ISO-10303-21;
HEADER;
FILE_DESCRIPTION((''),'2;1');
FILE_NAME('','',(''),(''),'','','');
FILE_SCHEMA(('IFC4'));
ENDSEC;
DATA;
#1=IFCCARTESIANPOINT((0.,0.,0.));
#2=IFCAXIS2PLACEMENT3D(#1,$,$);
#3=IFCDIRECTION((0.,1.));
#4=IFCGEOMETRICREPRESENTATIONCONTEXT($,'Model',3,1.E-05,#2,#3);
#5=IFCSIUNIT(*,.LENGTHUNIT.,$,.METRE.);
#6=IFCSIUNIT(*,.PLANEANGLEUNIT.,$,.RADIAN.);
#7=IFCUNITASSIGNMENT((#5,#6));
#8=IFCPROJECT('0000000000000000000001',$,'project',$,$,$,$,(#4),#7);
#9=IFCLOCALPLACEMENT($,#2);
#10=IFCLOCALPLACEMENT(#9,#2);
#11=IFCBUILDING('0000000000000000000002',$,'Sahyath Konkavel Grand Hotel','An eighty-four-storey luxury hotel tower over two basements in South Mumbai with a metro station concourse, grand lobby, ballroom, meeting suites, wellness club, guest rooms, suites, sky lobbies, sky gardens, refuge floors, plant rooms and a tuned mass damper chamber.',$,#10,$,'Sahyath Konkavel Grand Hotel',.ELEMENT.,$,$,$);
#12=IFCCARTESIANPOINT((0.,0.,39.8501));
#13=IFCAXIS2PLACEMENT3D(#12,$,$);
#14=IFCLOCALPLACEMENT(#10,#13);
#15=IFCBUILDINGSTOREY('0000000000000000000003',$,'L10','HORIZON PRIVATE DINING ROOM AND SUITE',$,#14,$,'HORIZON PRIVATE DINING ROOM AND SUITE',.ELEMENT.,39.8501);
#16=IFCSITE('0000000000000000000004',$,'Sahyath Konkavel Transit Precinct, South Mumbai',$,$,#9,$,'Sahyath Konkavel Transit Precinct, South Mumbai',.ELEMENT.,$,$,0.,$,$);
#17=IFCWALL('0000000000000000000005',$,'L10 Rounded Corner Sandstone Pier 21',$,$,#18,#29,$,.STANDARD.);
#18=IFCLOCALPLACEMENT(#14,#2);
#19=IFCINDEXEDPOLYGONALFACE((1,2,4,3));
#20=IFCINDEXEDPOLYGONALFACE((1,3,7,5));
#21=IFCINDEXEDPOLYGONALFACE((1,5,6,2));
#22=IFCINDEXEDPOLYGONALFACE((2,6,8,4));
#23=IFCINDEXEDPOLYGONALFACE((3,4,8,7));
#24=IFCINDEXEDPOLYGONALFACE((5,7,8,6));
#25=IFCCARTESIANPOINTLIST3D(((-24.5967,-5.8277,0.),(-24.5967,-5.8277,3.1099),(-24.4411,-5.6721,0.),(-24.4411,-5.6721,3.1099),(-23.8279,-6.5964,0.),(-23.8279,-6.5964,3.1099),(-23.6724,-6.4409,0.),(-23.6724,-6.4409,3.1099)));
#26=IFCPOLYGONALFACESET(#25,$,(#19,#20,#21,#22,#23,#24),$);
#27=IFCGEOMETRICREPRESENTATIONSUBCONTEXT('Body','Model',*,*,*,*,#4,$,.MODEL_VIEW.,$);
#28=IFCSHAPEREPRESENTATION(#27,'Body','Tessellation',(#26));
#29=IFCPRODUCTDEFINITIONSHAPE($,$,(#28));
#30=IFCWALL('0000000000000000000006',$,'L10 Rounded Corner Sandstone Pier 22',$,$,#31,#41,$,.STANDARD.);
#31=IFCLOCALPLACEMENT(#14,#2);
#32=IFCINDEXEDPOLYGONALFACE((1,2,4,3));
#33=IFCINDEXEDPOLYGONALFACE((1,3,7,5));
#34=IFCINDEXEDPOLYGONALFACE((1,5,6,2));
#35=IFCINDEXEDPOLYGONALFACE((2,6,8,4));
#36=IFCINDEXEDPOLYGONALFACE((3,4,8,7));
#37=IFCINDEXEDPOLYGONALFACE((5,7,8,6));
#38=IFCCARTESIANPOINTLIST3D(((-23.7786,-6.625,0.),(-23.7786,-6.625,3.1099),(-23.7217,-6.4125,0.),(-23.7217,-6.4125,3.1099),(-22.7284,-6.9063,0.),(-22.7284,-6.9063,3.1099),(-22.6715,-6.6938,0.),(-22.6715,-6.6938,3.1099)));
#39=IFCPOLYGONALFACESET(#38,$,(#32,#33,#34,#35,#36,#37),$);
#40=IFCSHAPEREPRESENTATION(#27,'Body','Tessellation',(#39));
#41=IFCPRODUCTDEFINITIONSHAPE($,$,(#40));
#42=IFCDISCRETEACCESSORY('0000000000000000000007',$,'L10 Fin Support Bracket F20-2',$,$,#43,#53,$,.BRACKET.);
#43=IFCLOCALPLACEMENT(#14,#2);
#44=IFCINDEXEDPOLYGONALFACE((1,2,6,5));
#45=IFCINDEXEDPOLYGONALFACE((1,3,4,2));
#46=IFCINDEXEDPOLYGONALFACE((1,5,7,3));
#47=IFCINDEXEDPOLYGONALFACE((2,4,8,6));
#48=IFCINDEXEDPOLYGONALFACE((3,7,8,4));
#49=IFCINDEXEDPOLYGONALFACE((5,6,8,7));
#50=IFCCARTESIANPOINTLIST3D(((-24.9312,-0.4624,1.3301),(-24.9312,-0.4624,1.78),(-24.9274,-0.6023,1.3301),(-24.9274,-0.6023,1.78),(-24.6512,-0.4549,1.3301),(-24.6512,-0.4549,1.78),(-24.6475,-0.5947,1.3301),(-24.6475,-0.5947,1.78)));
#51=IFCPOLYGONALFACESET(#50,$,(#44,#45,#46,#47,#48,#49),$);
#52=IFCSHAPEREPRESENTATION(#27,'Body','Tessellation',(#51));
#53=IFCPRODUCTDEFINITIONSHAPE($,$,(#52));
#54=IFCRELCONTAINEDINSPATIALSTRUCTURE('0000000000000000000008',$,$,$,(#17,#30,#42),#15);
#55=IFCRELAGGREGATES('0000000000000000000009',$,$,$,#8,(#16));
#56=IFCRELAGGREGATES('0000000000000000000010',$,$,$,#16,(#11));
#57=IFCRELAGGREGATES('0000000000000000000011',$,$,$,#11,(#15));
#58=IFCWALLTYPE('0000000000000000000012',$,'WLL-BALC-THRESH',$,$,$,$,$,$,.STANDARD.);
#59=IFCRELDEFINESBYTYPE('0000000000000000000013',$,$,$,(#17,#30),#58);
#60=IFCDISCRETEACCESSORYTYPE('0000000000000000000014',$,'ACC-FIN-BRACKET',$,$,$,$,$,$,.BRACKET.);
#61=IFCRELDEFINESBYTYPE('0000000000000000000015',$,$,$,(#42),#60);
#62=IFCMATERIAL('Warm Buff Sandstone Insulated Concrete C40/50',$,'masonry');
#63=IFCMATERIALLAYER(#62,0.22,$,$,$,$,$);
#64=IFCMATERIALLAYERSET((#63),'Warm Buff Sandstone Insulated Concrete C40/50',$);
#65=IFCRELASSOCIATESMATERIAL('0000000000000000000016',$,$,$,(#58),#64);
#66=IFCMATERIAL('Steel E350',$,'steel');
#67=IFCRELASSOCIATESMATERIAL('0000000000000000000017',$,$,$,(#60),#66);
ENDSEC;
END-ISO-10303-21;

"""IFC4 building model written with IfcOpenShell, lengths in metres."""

from ifc_helpers import new_model, si_unit, direction, frame, frame_2d, origin, origin_2d, place, context, subcontext, project, spatial, rectangle, extrude, source, transform, mapped, material, layer, layer_set, type_object, element, save


model = new_model("IFC4")

# Units and contexts
model_context = context("Model", 3, precision=1e-05, world=origin(), true_north=direction((0.0, 1.0)))
body_context = subcontext(model_context, "Body", "Model", "MODEL_VIEW")
ifc_project = project(units=[si_unit("LENGTHUNIT", "METRE"), si_unit("PLANEANGLEUNIT", "RADIAN")], contexts=[model_context])

# Site, building, storey
site_placement = place(None, origin())
site = spatial("IfcSite", under=ifc_project, at=site_placement, Name="Sahyath Konkavel Transit Precinct, South Mumbai", LongName="Sahyath Konkavel Transit Precinct, South Mumbai", CompositionType="ELEMENT", RefElevation=0.0)
building_placement = place(site_placement, origin())
building = spatial("IfcBuilding", under=site, at=building_placement, Name="Sahyath Konkavel Grand Hotel", Description="An eighty-four-storey luxury hotel tower over two basements in South Mumbai with a metro station concourse, grand lobby, ballroom, meeting suites, wellness club, guest rooms, suites, sky lobbies, sky gardens, refuge floors, plant rooms and a tuned mass damper chamber.", LongName="Sahyath Konkavel Grand Hotel", CompositionType="ELEMENT")
storey_placement = place(building_placement, frame((0.0, 0.0, 39.8501)))
storey = spatial("IfcBuildingStorey", under=building, at=storey_placement, Name="L10", Description="HORIZON PRIVATE DINING ROOM AND SUITE", LongName="HORIZON PRIVATE DINING ROOM AND SUITE", CompositionType="ELEMENT", Elevation=39.8501)

# Shared definitions
ifc_material_1 = material(Name="Steel E350", Category="steel")

# Walls
ifc_material_2 = material(Name="Warm Buff Sandstone Insulated Concrete C40/50", Category="masonry")
ifc_layer_1 = layer(ifc_material_2, 0.22)
ifc_layer_set_1 = layer_set([ifc_layer_1], Name="Warm Buff Sandstone Insulated Concrete C40/50")
wall_type = type_object("IfcWallType", Name="WLL-BALC-THRESH", PredefinedType="STANDARD", material=ifc_layer_set_1)
for number, where, z_axis, x_axis, name in (
    (1, (-24.5188, -5.75, 0.0), (0.0, 0.0, 1.0), (0.707107, -0.707107, 0.0), "L10 Rounded Corner Sandstone Pier 21"),
    (2, (-23.75, -6.5188, 0.0), (0.0, 0.0, 1.0), (0.965951, -0.258725, 0.0), "L10 Rounded Corner Sandstone Pier 22"),
):
    element("IfcWall", number, at=place(storey_placement, frame(where, z_axis=z_axis, x_axis=x_axis)), inside=storey, type_object=wall_type, Name=name, PredefinedType="STANDARD", context=body_context, shape_type="SweptSolid", body=[
        extrude(rectangle(XDim=1.0872, YDim=0.22, at=frame_2d((0.5435, 0.0))), origin(), (0.0, 0.0, 1.0), 3.1099),
    ])

# Discrete accessory
discrete_accessory_type = type_object("IfcDiscreteAccessoryType", Name="ACC-FIN-BRACKET", PredefinedType="BRACKET", material=ifc_material_1)
shared_shape_1 = source(origin(), body_context, "Body", "SweptSolid", [
    extrude(rectangle(XDim=0.28, YDim=0.1399, at=origin_2d()), origin(), (0.0, 0.0, 1.0), 0.45),
])
discrete_accessory_placement = place(storey_placement, frame((-24.7893, -0.5286, 1.3301), z_axis=(0.0, 0.0, 1.0), x_axis=(-0.999638, -0.02691, 0.0)))
element("IfcDiscreteAccessory", 3, at=discrete_accessory_placement, inside=storey, type_object=discrete_accessory_type, Name="L10 Fin Support Bracket F20-2", PredefinedType="BRACKET", context=body_context, shape_type="MappedRepresentation", body=[
    mapped(shared_shape_1, transform((0.0, 0.0, 0.0), scale=1.0)),
])

save(model, "model.ifc")
